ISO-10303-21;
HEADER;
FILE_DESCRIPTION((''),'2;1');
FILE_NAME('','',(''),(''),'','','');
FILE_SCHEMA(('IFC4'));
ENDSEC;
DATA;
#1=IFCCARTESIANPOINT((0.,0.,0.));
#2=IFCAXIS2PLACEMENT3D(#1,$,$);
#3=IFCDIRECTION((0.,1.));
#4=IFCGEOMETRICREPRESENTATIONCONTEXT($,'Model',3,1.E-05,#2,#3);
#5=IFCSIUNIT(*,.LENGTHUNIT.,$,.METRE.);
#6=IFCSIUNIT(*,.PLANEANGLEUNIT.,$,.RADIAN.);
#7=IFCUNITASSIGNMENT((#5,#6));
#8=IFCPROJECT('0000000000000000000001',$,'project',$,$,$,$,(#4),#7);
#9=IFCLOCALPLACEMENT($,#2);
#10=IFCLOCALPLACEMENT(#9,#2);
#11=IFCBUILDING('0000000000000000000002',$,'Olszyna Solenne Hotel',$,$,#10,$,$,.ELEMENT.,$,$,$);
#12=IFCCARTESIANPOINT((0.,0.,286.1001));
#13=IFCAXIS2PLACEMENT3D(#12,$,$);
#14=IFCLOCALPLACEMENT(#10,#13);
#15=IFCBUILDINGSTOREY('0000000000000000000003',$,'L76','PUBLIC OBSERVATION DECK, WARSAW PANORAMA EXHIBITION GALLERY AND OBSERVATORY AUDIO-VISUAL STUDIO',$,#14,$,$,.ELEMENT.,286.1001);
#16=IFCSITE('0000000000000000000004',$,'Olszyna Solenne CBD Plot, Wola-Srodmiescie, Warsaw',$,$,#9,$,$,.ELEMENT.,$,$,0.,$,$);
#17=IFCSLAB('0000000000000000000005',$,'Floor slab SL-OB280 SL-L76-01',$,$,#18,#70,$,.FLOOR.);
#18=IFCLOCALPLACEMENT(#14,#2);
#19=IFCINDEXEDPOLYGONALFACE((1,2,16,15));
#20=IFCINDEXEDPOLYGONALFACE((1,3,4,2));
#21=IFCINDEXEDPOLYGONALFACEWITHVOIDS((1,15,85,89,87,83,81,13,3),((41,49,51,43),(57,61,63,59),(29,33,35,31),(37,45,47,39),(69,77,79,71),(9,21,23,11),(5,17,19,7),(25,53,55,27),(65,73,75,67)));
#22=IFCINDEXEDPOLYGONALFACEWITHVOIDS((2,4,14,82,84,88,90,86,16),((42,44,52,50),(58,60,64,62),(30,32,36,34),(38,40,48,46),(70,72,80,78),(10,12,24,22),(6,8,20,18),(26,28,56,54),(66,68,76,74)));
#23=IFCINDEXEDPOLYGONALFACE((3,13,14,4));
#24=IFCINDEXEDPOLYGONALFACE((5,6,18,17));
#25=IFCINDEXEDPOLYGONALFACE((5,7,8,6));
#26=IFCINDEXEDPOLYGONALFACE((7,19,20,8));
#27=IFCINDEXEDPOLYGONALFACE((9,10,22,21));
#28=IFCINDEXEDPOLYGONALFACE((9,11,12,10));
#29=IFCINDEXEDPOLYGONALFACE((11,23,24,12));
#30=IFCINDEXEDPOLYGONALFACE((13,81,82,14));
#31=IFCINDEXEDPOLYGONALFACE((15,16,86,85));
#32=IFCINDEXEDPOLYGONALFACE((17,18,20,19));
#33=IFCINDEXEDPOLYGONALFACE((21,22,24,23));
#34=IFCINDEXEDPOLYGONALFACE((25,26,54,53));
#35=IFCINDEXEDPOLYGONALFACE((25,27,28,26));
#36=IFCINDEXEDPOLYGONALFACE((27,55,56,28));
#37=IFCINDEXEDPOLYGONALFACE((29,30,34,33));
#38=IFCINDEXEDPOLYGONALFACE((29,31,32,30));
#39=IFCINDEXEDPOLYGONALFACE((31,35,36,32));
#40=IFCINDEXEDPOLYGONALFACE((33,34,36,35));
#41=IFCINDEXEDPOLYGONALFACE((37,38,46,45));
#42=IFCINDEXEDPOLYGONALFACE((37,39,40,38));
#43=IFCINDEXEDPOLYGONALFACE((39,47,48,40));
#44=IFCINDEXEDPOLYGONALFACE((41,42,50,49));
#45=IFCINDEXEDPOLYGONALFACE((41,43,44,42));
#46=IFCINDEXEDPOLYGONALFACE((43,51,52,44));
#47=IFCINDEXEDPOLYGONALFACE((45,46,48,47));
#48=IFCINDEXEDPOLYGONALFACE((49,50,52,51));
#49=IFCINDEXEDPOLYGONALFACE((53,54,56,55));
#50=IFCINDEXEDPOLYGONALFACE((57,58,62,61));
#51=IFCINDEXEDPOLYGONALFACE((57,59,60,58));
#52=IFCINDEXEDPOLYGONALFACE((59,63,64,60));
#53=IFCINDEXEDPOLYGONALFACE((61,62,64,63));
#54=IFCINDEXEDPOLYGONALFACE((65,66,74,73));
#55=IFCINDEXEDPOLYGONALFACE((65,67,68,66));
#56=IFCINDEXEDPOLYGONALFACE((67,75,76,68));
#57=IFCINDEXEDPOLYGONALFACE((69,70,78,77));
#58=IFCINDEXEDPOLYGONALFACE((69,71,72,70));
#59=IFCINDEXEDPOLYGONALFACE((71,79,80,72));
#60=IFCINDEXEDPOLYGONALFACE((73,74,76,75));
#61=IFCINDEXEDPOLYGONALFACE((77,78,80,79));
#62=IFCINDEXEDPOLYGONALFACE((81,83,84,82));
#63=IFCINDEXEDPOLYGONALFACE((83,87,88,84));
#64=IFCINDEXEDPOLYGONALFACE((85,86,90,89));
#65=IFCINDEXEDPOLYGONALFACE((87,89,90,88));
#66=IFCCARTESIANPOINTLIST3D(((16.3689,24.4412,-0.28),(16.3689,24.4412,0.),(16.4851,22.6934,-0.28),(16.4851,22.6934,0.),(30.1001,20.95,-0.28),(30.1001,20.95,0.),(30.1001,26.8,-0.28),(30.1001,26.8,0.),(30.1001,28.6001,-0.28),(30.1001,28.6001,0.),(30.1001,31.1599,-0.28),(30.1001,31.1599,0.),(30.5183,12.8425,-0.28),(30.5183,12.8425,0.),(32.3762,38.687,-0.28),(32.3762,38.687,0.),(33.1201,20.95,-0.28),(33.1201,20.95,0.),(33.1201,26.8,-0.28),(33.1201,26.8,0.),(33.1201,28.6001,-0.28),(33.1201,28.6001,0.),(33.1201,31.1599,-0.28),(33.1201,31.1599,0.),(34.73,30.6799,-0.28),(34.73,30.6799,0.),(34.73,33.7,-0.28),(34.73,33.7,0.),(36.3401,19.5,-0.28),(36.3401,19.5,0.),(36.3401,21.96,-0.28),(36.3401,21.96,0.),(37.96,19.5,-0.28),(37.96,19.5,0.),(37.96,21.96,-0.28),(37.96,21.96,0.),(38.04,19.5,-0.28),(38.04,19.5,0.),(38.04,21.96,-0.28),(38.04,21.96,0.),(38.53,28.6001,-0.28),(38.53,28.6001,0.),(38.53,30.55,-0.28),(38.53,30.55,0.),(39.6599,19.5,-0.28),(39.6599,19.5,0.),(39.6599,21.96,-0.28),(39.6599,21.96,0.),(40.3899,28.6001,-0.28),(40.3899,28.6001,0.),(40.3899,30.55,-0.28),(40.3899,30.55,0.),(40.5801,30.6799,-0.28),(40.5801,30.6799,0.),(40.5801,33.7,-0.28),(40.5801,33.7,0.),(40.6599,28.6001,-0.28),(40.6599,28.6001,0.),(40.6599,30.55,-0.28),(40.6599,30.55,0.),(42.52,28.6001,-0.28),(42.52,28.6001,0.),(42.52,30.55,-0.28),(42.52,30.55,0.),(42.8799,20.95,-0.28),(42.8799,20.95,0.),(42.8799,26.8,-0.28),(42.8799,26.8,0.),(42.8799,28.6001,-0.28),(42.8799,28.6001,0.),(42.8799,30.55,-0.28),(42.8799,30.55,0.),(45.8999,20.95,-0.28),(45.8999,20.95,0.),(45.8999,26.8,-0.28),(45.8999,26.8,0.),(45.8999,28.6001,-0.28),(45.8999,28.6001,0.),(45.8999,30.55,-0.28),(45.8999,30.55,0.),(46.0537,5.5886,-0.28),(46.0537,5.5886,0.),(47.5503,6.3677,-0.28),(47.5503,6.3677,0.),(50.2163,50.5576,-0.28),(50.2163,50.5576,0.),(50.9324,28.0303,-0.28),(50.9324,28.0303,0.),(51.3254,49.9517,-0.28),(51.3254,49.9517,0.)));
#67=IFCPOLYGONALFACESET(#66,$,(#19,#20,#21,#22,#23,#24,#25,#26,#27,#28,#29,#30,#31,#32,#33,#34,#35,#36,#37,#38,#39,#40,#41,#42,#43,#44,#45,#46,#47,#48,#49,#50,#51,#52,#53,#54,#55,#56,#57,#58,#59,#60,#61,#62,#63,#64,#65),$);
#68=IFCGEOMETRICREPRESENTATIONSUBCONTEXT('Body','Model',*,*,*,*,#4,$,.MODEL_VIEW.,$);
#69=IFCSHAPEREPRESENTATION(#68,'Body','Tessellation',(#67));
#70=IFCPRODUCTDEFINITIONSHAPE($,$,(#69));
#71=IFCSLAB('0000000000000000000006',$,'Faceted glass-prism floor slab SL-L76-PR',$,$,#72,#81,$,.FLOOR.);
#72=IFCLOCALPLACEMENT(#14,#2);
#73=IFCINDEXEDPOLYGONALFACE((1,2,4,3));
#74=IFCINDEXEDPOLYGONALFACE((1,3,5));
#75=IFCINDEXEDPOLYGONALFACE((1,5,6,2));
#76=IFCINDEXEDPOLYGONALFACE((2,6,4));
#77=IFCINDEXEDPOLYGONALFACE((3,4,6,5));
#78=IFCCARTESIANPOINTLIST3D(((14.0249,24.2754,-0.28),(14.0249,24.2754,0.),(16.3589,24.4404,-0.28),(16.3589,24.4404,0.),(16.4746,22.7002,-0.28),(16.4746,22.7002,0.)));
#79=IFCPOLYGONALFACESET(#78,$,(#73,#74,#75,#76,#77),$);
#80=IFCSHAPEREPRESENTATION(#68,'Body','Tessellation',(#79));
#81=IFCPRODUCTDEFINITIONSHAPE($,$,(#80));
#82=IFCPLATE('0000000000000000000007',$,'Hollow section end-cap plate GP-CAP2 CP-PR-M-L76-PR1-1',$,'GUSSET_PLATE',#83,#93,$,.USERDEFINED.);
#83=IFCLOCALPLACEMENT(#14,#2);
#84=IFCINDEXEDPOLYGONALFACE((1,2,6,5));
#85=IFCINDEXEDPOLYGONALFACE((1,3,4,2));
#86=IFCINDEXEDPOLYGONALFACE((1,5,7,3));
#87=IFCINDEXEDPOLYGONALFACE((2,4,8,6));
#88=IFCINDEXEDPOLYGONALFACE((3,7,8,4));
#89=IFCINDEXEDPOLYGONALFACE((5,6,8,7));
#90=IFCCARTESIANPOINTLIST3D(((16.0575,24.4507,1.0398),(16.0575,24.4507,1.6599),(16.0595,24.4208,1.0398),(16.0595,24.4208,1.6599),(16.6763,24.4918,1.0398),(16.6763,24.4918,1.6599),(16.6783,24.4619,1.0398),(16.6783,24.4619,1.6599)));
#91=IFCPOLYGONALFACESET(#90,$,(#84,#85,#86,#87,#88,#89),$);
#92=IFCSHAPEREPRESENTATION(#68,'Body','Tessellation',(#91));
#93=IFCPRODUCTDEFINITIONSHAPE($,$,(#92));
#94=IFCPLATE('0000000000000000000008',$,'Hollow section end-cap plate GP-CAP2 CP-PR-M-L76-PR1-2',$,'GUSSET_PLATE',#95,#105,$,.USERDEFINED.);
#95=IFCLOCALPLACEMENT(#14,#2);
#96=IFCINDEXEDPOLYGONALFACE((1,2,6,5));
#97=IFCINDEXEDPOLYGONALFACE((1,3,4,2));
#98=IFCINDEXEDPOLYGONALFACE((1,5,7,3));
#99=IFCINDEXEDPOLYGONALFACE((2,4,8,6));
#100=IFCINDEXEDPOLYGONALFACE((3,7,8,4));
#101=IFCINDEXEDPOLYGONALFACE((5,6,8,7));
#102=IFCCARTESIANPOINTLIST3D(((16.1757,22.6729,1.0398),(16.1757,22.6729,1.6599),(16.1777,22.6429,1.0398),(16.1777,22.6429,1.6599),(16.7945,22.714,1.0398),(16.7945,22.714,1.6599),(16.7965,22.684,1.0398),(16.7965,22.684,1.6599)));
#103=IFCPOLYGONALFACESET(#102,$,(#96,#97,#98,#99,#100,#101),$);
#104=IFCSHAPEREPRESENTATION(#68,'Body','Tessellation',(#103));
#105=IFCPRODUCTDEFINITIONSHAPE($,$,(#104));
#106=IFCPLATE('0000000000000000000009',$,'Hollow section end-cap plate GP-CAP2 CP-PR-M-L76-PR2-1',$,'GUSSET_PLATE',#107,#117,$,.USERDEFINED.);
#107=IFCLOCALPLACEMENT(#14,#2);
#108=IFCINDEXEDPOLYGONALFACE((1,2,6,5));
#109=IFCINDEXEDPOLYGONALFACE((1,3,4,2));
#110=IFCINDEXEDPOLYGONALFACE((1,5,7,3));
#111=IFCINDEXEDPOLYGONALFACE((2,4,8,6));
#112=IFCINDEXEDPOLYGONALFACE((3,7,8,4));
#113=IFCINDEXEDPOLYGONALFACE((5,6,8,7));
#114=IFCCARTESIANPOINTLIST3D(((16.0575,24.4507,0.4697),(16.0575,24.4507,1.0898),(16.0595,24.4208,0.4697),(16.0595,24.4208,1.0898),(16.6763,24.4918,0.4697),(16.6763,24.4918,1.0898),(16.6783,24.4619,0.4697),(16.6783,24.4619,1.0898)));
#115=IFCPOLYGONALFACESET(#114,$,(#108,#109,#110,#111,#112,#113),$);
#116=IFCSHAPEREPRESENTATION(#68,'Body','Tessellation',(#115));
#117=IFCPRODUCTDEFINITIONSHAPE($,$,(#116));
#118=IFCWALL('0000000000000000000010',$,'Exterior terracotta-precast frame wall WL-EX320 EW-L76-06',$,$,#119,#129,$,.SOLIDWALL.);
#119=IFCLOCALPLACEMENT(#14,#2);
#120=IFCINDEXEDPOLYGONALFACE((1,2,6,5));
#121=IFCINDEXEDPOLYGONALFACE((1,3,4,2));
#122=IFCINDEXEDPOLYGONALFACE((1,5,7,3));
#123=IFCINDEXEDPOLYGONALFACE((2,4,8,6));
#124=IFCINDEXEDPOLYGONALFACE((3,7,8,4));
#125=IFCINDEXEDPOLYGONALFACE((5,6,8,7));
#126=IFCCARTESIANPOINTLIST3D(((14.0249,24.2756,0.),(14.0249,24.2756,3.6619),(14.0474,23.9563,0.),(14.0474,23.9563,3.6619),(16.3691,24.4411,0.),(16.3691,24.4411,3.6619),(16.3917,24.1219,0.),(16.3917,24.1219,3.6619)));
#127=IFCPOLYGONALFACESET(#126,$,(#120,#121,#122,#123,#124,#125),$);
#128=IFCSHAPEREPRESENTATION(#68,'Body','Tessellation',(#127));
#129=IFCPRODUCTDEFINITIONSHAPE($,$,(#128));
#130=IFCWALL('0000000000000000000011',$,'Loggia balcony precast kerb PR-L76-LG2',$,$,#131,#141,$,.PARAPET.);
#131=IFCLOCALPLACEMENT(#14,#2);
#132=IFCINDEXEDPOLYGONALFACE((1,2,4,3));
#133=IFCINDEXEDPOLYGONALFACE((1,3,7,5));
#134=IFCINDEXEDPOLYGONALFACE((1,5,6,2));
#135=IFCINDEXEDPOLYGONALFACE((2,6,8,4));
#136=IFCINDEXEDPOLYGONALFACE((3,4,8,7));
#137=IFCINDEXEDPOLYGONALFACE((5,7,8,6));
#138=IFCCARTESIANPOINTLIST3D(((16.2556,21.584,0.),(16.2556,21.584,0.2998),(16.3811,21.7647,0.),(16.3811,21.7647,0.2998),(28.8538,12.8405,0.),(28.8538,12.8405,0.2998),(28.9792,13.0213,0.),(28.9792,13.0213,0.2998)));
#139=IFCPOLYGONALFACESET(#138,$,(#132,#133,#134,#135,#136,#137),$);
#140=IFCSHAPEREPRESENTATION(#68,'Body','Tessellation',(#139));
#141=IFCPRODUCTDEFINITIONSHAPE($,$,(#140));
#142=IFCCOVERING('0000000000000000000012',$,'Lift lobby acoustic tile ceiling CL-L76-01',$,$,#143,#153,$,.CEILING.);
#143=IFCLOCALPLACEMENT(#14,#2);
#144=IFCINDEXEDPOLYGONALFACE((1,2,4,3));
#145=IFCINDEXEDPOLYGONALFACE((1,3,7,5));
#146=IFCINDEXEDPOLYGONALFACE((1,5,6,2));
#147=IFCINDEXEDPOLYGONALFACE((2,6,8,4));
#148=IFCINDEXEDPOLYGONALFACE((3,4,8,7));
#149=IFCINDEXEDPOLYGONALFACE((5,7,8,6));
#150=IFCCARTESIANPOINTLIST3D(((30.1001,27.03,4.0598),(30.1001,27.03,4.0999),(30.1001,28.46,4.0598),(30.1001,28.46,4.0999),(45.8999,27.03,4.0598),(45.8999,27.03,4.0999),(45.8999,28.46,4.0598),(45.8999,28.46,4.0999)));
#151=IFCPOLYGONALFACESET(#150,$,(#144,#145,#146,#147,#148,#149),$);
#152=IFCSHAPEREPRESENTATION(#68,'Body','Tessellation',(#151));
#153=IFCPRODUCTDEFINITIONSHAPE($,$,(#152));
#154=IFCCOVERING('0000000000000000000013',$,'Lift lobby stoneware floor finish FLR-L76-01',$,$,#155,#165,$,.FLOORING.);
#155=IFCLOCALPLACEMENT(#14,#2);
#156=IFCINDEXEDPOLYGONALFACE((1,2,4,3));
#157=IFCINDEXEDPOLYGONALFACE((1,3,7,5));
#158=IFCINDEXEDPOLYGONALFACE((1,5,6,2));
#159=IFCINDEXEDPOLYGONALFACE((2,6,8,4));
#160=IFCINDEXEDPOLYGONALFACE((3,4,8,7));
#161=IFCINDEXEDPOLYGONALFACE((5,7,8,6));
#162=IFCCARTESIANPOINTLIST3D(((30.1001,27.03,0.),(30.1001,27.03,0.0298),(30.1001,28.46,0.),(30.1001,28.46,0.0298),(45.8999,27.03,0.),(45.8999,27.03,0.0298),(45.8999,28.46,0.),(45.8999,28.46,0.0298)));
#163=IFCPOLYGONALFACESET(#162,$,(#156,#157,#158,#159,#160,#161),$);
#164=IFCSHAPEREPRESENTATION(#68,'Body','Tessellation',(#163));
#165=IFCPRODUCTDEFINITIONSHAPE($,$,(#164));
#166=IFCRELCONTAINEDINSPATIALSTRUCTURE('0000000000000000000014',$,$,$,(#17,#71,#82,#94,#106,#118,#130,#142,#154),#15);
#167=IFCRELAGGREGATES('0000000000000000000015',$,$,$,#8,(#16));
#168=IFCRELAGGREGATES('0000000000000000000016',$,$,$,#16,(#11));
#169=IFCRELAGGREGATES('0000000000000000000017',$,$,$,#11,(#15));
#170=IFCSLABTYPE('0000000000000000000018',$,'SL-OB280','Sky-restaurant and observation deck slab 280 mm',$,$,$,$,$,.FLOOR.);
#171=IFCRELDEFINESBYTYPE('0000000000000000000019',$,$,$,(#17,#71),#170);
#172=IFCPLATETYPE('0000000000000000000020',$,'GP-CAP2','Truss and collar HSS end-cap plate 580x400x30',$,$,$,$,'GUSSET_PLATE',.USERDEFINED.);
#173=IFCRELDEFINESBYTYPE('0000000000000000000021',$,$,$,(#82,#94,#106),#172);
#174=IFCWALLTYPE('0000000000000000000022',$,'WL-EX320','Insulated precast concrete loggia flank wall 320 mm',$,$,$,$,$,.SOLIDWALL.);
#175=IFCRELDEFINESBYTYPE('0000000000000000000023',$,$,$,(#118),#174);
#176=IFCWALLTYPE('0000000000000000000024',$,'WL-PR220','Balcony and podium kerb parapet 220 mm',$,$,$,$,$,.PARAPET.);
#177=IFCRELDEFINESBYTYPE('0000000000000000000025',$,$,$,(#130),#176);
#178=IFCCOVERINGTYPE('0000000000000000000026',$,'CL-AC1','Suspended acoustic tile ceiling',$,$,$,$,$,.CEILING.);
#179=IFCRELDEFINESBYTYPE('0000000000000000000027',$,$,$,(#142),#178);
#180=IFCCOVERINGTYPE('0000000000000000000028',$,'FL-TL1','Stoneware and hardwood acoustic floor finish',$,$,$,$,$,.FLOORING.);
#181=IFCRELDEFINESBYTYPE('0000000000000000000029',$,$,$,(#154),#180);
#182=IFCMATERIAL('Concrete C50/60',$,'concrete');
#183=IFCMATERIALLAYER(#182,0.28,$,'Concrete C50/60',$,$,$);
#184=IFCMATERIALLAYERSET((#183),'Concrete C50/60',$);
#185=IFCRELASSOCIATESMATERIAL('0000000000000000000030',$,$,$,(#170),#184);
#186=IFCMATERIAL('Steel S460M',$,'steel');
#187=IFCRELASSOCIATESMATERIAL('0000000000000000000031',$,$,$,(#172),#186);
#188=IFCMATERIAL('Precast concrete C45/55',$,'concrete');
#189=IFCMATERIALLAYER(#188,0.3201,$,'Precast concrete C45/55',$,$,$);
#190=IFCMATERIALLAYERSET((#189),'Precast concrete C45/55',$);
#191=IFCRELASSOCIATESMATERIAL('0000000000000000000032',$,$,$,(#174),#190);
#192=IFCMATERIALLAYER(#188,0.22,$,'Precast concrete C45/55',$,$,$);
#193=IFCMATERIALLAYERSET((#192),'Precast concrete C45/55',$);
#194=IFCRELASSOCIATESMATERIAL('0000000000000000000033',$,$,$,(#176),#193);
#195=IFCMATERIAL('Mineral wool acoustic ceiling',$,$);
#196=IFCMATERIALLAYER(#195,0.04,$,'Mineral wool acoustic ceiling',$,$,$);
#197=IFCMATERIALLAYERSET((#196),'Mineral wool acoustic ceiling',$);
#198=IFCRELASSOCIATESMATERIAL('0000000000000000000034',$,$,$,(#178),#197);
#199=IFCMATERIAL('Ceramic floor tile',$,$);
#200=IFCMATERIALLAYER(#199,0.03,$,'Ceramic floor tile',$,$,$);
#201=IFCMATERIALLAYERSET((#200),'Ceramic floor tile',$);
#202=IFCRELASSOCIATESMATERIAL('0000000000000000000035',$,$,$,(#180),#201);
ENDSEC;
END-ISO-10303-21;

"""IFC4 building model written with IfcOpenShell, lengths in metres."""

from ifc_helpers import new_model, si_unit, direction, frame, frame_2d, origin, origin_2d, place, context, subcontext, project, spatial, polyline, rectangle, outline, extrude, source, transform, mapped, material, layer, layer_set, type_object, element, save


model = new_model("IFC4")

# Units and contexts
model_context = context("Model", 3, precision=1e-05, world=origin(), true_north=direction((0.0, 1.0)))
body_context = subcontext(model_context, "Body", "Model", "MODEL_VIEW")
ifc_project = project(units=[si_unit("LENGTHUNIT", "METRE"), si_unit("PLANEANGLEUNIT", "RADIAN")], contexts=[model_context])

# Site, building, storey
site_placement = place(None, origin())
site = spatial("IfcSite", under=ifc_project, at=site_placement, Name="Olszyna Solenne CBD Plot, Wola-Srodmiescie, Warsaw", CompositionType="ELEMENT", RefElevation=0.0)
building_placement = place(site_placement, origin())
building = spatial("IfcBuilding", under=site, at=building_placement, Name="Olszyna Solenne Hotel", CompositionType="ELEMENT")
storey_placement = place(building_placement, frame((0.0, 0.0, 286.1001)))
storey = spatial("IfcBuildingStorey", under=building, at=storey_placement, Name="L76", Description="PUBLIC OBSERVATION DECK, WARSAW PANORAMA EXHIBITION GALLERY AND OBSERVATORY AUDIO-VISUAL STUDIO", CompositionType="ELEMENT", Elevation=286.1001)

# Shared definitions
ifc_material_1 = material(Name="Steel S460M", Category="steel")

# Slabs
ifc_material_2 = material(Name="Precast concrete C45/55", Category="concrete")
ifc_material_3 = material(Name="Concrete C50/60", Category="concrete")
ifc_layer_1 = layer(ifc_material_3, 0.28, Name="Concrete C50/60")
ifc_layer_set_1 = layer_set([ifc_layer_1], Name="Concrete C50/60")
slab_type_1 = type_object("IfcSlabType", Name="SL-OB280", Description="Sky-restaurant and observation deck slab 280 mm", PredefinedType="FLOOR", material=ifc_layer_set_1)
slab_1_placement = place(storey_placement, frame((0.0, 0.0, -0.28)))
element("IfcSlab", 1, at=slab_1_placement, inside=storey, type_object=slab_type_1, Name="Floor slab SL-OB280 SL-L76-01", PredefinedType="FLOOR", context=body_context, shape_type="SweptSolid", body=[
    extrude(outline(polyline([(51.3254, 49.9517), (50.2163, 50.5576), (32.3762, 38.687), (16.3689, 24.4412), (16.4851, 22.6934), (30.5183, 12.8425), (46.0537, 5.5886), (47.5503, 6.3677), (50.9324, 28.0303), (51.3254, 49.9517)]), holes=[polyline([(30.1001, 20.95), (33.1201, 20.95), (33.1201, 26.8), (30.1001, 26.8), (30.1001, 20.95)]), polyline([(42.8799, 20.95), (45.8999, 20.95), (45.8999, 26.8), (42.8799, 26.8), (42.8799, 20.95)]), polyline([(34.73, 30.6799), (40.5801, 30.6799), (40.5801, 33.7), (34.73, 33.7), (34.73, 30.6799)]), polyline([(36.3401, 19.5), (37.96, 19.5), (37.96, 21.96), (36.3401, 21.96), (36.3401, 19.5)]), polyline([(38.04, 19.5), (39.6599, 19.5), (39.6599, 21.96), (38.04, 21.96), (38.04, 19.5)]), polyline([(30.1001, 28.6001), (33.1201, 28.6001), (33.1201, 31.1599), (30.1001, 31.1599), (30.1001, 28.6001)]), polyline([(38.53, 28.6001), (40.3899, 28.6001), (40.3899, 30.55), (38.53, 30.55), (38.53, 28.6001)]), polyline([(40.6599, 28.6001), (42.52, 28.6001), (42.52, 30.55), (40.6599, 30.55), (40.6599, 28.6001)]), polyline([(42.8799, 28.6001), (45.8999, 28.6001), (45.8999, 30.55), (42.8799, 30.55), (42.8799, 28.6001)])]), origin(), (0.0, 0.0, 1.0), 0.28),
])
slab_2_placement = place(storey_placement, frame((0.0, 0.0, -0.28)))
element("IfcSlab", 2, at=slab_2_placement, inside=storey, type_object=slab_type_1, Name="Faceted glass-prism floor slab SL-L76-PR", PredefinedType="FLOOR", context=body_context, shape_type="SweptSolid", body=[
    extrude(outline(polyline([(16.4746, 22.7002), (16.3589, 24.4404), (14.0249, 24.2754), (16.4746, 22.7002)])), origin(), (0.0, 0.0, 1.0), 0.28),
])

# Plates
plate_type = type_object("IfcPlateType", Name="GP-CAP2", Description="Truss and collar HSS end-cap plate 580x400x30", ElementType="GUSSET_PLATE", PredefinedType="USERDEFINED", material=ifc_material_1)
shared_shape_1 = source(origin(), body_context, "Body", "SweptSolid", [
    extrude(rectangle(XDim=0.03, YDim=0.6201, at=origin_2d()), origin(), (0.0, 0.0, 1.0), 0.6201),
])
for number, where, z_axis, x_axis, name in (
    (3, (16.3679, 24.4563, 1.0398), (0.0, 0.0, 1.0), (0.066274, -0.997801, 0.0), "Hollow section end-cap plate GP-CAP2 CP-PR-M-L76-PR1-1"),
    (4, (16.4861, 22.6785, 1.0398), (0.0, 0.0, 1.0), (0.066274, -0.997801, 0.0), "Hollow section end-cap plate GP-CAP2 CP-PR-M-L76-PR1-2"),
    (5, (16.3679, 24.4563, 0.4697), (0.0, 0.0, 1.0), (0.066274, -0.997801, 0.0), "Hollow section end-cap plate GP-CAP2 CP-PR-M-L76-PR2-1"),
):
    element("IfcPlate", number, at=place(storey_placement, frame(where, z_axis=z_axis, x_axis=x_axis)), inside=storey, type_object=plate_type, Name=name, ObjectType="GUSSET_PLATE", PredefinedType="USERDEFINED", context=body_context, shape_type="MappedRepresentation", body=[
        mapped(shared_shape_1, transform((0.0, 0.0, 0.0), x_axis=(1.0, 0.0, 0.0), y_axis=(0.0, 1.0, 0.0), z_axis=(0.0, 0.0, 1.0), scale=1.0)),
    ])

# Walls
ifc_layer_2 = layer(ifc_material_2, 0.3201, Name="Precast concrete C45/55")
ifc_layer_set_2 = layer_set([ifc_layer_2], Name="Precast concrete C45/55")
wall_type_1 = type_object("IfcWallType", Name="WL-EX320", Description="Insulated precast concrete loggia flank wall 320 mm", PredefinedType="SOLIDWALL", material=ifc_layer_set_2)
wall_1_placement = place(storey_placement, frame((14.0361, 24.116, 0.0), z_axis=(0.0, 0.0, 1.0), x_axis=(0.997516, 0.070435, 0.0)))
element("IfcWall", 6, at=wall_1_placement, inside=storey, type_object=wall_type_1, Name="Exterior terracotta-precast frame wall WL-EX320 EW-L76-06", PredefinedType="SOLIDWALL", context=body_context, shape_type="SweptSolid", body=[
    extrude(rectangle(XDim=2.3501, YDim=0.3201, at=frame_2d((1.175, 0.0))), origin(), (0.0, 0.0, 1.0), 3.6619),
])
ifc_layer_3 = layer(ifc_material_2, 0.22, Name="Precast concrete C45/55")
ifc_layer_set_3 = layer_set([ifc_layer_3], Name="Precast concrete C45/55")
wall_type_2 = type_object("IfcWallType", Name="WL-PR220", Description="Balcony and podium kerb parapet 220 mm", PredefinedType="PARAPET", material=ifc_layer_set_3)
wall_2_placement = place(storey_placement, frame((16.3184, 21.6743, 0.0), z_axis=(0.0, 0.0, 1.0), x_axis=(0.821532, -0.570162, 0.0)))
element("IfcWall", 7, at=wall_2_placement, inside=storey, type_object=wall_type_2, Name="Loggia balcony precast kerb PR-L76-LG2", PredefinedType="PARAPET", context=body_context, shape_type="SweptSolid", body=[
    extrude(rectangle(XDim=15.335, YDim=0.22, at=frame_2d((7.6675, 0.0))), origin(), (0.0, 0.0, 1.0), 0.2998),
])

# Coverings
ifc_material_4 = material(Name="Mineral wool acoustic ceiling")
ifc_layer_4 = layer(ifc_material_4, 0.04, Name="Mineral wool acoustic ceiling")
ifc_layer_set_4 = layer_set([ifc_layer_4], Name="Mineral wool acoustic ceiling")
covering_type_1 = type_object("IfcCoveringType", Name="CL-AC1", Description="Suspended acoustic tile ceiling", PredefinedType="CEILING", material=ifc_layer_set_4)
covering_1_placement = place(storey_placement, frame((0.0, 0.0, 4.0598)))
element("IfcCovering", 8, at=covering_1_placement, inside=storey, type_object=covering_type_1, Name="Lift lobby acoustic tile ceiling CL-L76-01", PredefinedType="CEILING", context=body_context, shape_type="SweptSolid", body=[
    extrude(outline(polyline([(30.1001, 27.03), (45.8999, 27.03), (45.8999, 28.46), (30.1001, 28.46), (30.1001, 27.03)])), origin(), (0.0, 0.0, 1.0), 0.04),
])
ifc_material_5 = material(Name="Ceramic floor tile")
ifc_layer_5 = layer(ifc_material_5, 0.03, Name="Ceramic floor tile")
ifc_layer_set_5 = layer_set([ifc_layer_5], Name="Ceramic floor tile")
covering_type_2 = type_object("IfcCoveringType", Name="FL-TL1", Description="Stoneware and hardwood acoustic floor finish", PredefinedType="FLOORING", material=ifc_layer_set_5)
covering_2_placement = place(storey_placement, origin())
element("IfcCovering", 9, at=covering_2_placement, inside=storey, type_object=covering_type_2, Name="Lift lobby stoneware floor finish FLR-L76-01", PredefinedType="FLOORING", context=body_context, shape_type="SweptSolid", body=[
    extrude(outline(polyline([(30.1001, 27.03), (45.8999, 27.03), (45.8999, 28.46), (30.1001, 28.46), (30.1001, 27.03)])), origin(), (0.0, 0.0, 1.0), 0.0298),
])

save(model, "model.ifc")
